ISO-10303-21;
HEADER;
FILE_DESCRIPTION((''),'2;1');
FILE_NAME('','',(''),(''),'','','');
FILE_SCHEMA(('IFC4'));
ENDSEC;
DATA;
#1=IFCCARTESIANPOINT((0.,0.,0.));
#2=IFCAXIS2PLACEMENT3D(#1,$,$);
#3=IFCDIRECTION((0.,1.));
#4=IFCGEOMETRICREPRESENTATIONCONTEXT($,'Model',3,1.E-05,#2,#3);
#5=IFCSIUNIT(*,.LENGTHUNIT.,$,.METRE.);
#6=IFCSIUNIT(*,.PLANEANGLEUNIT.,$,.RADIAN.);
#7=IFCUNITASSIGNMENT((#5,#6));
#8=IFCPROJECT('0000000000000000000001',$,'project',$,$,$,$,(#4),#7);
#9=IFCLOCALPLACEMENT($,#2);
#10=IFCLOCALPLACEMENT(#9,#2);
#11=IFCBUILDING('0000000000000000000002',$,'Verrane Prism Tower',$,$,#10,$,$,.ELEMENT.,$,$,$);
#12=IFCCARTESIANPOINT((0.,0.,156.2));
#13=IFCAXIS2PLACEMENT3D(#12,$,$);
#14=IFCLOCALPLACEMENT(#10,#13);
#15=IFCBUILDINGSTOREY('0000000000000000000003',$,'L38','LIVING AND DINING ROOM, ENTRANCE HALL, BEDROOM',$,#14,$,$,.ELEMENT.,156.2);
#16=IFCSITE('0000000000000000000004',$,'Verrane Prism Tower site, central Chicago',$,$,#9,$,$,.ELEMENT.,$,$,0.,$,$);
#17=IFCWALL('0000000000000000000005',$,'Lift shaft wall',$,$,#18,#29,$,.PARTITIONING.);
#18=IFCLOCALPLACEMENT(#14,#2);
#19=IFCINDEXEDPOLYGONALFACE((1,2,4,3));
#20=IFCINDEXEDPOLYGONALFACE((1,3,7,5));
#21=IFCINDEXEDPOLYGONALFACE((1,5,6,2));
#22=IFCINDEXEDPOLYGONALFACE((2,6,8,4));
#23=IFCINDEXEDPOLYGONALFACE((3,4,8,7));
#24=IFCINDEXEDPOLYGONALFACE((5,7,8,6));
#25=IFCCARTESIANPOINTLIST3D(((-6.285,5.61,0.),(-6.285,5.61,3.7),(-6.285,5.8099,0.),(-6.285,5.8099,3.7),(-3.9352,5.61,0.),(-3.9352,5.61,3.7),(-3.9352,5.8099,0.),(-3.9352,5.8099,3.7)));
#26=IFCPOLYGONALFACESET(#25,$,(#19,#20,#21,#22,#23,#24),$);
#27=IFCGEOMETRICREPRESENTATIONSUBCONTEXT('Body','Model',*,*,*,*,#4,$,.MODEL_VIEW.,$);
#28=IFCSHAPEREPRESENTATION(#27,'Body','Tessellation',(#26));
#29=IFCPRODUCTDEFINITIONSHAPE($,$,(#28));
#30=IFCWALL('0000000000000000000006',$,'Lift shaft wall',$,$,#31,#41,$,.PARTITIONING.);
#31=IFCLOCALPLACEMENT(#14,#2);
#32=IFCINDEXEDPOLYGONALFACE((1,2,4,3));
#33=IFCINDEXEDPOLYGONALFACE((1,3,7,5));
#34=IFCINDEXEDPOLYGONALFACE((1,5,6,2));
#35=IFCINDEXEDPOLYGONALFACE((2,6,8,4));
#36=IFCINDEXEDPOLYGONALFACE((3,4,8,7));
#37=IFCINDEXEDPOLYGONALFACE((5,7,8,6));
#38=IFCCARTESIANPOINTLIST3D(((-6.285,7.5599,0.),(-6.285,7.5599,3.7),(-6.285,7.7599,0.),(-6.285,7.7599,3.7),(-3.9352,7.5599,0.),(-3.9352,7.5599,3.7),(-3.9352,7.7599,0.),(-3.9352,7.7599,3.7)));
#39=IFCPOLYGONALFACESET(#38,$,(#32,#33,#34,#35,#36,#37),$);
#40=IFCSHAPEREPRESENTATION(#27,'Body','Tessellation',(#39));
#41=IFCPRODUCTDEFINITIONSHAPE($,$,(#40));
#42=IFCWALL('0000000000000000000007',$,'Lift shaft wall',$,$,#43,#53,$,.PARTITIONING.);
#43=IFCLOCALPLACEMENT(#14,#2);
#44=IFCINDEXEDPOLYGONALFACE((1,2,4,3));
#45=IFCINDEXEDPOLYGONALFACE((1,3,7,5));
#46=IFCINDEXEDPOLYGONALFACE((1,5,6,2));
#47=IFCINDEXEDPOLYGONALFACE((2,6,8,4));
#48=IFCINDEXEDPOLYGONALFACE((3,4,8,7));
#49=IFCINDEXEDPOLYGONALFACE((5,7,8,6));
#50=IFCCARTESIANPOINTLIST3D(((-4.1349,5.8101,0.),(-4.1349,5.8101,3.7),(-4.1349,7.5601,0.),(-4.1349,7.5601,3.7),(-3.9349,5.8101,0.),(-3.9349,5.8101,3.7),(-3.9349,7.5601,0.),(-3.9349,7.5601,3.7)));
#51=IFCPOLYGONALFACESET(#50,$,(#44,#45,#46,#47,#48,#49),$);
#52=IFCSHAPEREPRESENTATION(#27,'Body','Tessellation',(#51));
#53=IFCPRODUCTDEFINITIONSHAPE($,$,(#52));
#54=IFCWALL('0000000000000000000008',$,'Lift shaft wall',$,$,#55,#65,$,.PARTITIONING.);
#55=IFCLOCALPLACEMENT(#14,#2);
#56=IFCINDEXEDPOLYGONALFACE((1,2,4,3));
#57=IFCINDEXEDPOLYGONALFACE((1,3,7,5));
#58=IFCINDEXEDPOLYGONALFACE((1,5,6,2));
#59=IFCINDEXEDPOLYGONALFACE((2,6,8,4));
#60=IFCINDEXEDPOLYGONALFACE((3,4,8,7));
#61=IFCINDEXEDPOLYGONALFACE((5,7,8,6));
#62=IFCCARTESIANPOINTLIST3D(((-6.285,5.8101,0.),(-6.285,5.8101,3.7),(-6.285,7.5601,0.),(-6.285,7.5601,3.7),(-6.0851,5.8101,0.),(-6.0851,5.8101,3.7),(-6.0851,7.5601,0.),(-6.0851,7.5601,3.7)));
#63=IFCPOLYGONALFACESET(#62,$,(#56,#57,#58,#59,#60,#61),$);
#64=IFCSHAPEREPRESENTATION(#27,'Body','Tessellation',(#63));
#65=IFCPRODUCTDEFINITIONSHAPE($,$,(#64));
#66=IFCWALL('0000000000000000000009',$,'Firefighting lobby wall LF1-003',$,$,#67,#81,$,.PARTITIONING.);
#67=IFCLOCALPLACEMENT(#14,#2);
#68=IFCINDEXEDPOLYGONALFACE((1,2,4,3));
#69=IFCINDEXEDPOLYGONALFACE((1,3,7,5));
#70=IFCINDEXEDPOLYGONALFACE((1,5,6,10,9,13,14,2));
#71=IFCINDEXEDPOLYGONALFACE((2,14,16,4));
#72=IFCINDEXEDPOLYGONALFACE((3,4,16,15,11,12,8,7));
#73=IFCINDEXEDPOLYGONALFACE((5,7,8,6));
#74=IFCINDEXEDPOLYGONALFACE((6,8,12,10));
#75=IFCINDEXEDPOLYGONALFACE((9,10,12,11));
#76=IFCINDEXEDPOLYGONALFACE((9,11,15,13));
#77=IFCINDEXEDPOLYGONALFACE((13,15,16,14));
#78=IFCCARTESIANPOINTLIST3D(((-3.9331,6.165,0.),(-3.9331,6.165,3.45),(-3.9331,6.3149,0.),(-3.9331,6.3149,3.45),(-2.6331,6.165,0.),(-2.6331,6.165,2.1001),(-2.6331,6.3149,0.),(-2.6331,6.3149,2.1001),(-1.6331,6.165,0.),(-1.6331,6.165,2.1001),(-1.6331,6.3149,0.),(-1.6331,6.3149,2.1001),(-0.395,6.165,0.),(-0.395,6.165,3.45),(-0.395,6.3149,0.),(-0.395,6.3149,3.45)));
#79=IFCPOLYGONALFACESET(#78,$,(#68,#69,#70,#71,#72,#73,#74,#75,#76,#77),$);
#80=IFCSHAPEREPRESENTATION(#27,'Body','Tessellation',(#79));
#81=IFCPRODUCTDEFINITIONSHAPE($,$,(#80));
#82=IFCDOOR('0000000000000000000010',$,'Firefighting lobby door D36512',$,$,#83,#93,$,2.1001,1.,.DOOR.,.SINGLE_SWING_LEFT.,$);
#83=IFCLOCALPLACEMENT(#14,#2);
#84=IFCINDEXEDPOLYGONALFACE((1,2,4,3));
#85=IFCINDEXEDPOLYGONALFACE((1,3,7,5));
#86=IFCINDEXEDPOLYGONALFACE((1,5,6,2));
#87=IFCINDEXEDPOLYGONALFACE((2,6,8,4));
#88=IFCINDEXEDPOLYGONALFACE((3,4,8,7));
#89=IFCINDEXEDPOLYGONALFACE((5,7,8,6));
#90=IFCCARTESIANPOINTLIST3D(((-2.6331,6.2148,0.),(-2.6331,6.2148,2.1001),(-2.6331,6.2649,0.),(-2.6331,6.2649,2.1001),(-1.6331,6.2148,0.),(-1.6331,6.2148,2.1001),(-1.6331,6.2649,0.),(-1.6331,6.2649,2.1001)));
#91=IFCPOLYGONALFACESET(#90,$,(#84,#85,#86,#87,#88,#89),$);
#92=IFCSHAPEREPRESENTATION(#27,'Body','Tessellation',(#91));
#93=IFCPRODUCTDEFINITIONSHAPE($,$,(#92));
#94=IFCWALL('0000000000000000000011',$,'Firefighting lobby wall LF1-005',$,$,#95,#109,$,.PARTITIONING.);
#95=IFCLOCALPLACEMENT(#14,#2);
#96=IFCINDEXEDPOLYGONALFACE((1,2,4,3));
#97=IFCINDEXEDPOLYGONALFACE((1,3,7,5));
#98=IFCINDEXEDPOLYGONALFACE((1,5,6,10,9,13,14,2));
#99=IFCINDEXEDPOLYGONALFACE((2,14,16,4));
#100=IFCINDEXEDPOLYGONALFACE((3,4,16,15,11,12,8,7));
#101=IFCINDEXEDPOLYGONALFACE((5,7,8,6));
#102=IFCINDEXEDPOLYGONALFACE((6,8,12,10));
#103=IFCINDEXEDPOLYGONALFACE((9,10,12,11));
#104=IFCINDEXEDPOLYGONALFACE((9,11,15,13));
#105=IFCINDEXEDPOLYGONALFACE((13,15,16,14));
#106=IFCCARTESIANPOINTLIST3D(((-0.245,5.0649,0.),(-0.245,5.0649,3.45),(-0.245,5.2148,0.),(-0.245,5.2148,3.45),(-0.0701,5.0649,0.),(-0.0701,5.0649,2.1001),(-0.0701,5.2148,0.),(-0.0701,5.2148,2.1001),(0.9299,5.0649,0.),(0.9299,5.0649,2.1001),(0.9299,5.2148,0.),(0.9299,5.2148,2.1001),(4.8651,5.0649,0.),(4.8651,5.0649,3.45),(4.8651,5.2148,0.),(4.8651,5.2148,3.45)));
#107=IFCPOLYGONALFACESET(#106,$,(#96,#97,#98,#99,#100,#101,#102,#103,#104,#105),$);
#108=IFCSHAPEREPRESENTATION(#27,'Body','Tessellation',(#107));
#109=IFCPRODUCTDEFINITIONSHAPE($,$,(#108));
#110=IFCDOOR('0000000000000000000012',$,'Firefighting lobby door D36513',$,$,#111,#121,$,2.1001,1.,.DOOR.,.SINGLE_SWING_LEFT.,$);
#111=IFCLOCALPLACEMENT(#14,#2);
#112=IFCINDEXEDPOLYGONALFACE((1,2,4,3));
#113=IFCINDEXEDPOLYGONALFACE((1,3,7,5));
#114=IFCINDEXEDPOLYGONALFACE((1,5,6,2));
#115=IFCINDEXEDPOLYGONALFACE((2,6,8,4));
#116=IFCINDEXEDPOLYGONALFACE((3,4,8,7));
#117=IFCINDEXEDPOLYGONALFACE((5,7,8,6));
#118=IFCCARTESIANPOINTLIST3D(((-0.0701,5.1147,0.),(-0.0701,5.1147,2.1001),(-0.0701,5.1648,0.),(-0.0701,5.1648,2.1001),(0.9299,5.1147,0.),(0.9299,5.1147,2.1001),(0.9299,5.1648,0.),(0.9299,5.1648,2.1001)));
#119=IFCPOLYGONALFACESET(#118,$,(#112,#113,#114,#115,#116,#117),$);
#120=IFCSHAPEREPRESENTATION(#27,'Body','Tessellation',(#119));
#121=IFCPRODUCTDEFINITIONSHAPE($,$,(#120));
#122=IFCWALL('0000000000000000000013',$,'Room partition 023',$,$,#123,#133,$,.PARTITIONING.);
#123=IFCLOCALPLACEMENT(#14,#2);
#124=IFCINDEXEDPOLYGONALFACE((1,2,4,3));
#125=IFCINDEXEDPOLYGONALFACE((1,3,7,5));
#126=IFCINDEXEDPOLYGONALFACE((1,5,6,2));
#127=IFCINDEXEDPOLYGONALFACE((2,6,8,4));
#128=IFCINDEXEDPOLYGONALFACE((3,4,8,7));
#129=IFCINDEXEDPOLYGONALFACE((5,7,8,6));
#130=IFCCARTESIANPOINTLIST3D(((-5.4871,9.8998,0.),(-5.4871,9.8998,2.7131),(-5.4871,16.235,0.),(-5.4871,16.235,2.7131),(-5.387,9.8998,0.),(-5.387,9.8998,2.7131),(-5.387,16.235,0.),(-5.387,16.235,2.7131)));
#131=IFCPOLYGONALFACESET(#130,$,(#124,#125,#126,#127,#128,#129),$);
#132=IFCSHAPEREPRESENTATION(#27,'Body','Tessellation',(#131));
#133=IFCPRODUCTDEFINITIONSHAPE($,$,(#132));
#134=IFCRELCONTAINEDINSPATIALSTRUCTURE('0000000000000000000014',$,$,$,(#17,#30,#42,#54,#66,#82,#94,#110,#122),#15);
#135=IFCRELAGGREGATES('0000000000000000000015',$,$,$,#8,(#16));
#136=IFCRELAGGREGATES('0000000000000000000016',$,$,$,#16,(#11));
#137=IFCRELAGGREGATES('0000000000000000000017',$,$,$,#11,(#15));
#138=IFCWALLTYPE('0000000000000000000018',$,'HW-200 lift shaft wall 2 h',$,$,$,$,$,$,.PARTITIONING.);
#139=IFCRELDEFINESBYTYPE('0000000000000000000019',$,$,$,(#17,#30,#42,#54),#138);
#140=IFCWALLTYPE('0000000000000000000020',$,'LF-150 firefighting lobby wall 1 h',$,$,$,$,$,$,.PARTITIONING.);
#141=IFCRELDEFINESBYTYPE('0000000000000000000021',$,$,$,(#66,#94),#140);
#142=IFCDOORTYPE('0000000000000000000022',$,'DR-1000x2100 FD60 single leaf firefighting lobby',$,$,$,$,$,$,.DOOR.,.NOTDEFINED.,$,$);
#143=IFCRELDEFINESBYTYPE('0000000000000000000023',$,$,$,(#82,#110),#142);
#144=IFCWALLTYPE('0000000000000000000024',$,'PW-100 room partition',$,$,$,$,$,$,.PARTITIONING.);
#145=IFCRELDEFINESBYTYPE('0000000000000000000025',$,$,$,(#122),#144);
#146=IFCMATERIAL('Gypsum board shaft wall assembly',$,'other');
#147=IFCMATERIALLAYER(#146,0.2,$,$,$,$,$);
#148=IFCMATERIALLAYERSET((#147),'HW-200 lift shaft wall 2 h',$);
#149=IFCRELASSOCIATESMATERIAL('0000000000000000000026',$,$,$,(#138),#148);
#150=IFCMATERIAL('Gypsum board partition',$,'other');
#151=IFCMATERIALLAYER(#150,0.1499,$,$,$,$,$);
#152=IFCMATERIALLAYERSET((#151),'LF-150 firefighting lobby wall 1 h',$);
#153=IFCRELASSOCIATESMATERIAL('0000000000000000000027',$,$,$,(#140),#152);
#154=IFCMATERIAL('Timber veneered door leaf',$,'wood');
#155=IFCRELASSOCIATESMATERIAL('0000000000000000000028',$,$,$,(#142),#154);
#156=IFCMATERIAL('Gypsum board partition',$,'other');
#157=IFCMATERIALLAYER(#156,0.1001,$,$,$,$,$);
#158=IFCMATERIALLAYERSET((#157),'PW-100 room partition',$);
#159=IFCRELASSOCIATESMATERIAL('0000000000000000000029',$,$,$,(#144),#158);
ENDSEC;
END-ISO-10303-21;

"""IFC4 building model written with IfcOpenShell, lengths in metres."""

from ifc_helpers import new_model, si_unit, direction, frame, frame_2d, origin, place, context, subcontext, project, spatial, rectangle, extrude, material, layer, layer_set, type_object, element, fill, save


model = new_model("IFC4")

# Units and contexts
model_context = context("Model", 3, precision=1e-05, world=origin(), true_north=direction((0.0, 1.0)))
body_context = subcontext(model_context, "Body", "Model", "MODEL_VIEW")
ifc_project = project(units=[si_unit("LENGTHUNIT", "METRE"), si_unit("PLANEANGLEUNIT", "RADIAN")], contexts=[model_context])

# Site, building, storey
site_placement = place(None, origin())
site = spatial("IfcSite", under=ifc_project, at=site_placement, Name="Verrane Prism Tower site, central Chicago", CompositionType="ELEMENT", RefElevation=0.0)
building_placement = place(site_placement, origin())
building = spatial("IfcBuilding", under=site, at=building_placement, Name="Verrane Prism Tower", CompositionType="ELEMENT")
storey_placement = place(building_placement, frame((0.0, 0.0, 156.2)))
storey = spatial("IfcBuildingStorey", under=building, at=storey_placement, Name="L38", Description="LIVING AND DINING ROOM, ENTRANCE HALL, BEDROOM", CompositionType="ELEMENT", Elevation=156.2)

# Walls
ifc_material_1 = material(Name="Gypsum board shaft wall assembly", Category="other")
ifc_layer_1 = layer(ifc_material_1, 0.2)
ifc_layer_set_1 = layer_set([ifc_layer_1], Name="HW-200 lift shaft wall 2 h")
wall_type_1 = type_object("IfcWallType", Name="HW-200 lift shaft wall 2 h", PredefinedType="PARTITIONING", material=ifc_layer_set_1)
for number, where, z_axis, x_axis, name in (
    (1, (-6.2849, 5.71, 0.0), (0.0, 0.0, 1.0), (1.0, 0.0, 0.0), "Lift shaft wall"),
    (2, (-6.2849, 7.6599, 0.0), (0.0, 0.0, 1.0), (1.0, 0.0, 0.0), "Lift shaft wall"),
):
    element("IfcWall", number, at=place(storey_placement, frame(where, z_axis=z_axis, x_axis=x_axis)), inside=storey, type_object=wall_type_1, Name=name, PredefinedType="PARTITIONING", context=body_context, shape_type="SweptSolid", body=[
        extrude(rectangle(XDim=2.3499, YDim=0.2, at=frame_2d((1.1748, 0.0))), origin(), (0.0, 0.0, 1.0), 3.7),
    ])
for number, where, z_axis, x_axis, name in (
    (3, (-4.0349, 5.8101, 0.0), (0.0, 0.0, 1.0), (0.0, 1.0, 0.0), "Lift shaft wall"),
    (4, (-6.1851, 5.8101, 0.0), (0.0, 0.0, 1.0), (0.0, 1.0, 0.0), "Lift shaft wall"),
):
    element("IfcWall", number, at=place(storey_placement, frame(where, z_axis=z_axis, x_axis=x_axis)), inside=storey, type_object=wall_type_1, Name=name, PredefinedType="PARTITIONING", context=body_context, shape_type="SweptSolid", body=[
        extrude(rectangle(XDim=1.75, YDim=0.2, at=frame_2d((0.875, 0.0))), origin(), (0.0, 0.0, 1.0), 3.7),
    ])

# Walls, openings, doors
ifc_material_2 = material(Name="Gypsum board partition", Category="other")
ifc_layer_2 = layer(ifc_material_2, 0.1499)
ifc_layer_set_2 = layer_set([ifc_layer_2], Name="LF-150 firefighting lobby wall 1 h")
wall_type_2 = type_object("IfcWallType", Name="LF-150 firefighting lobby wall 1 h", PredefinedType="PARTITIONING", material=ifc_layer_set_2)
wall_1_placement = place(storey_placement, frame((-3.9331, 6.24, 0.0), z_axis=(0.0, 0.0, 1.0), x_axis=(1.0, 0.0, 0.0)))
wall_1 = element("IfcWall", 5, at=wall_1_placement, inside=storey, type_object=wall_type_2, Name="Firefighting lobby wall LF1-003", PredefinedType="PARTITIONING", context=body_context, shape_type="SweptSolid", body=[
    extrude(rectangle(XDim=3.5381, YDim=0.1499, at=frame_2d((1.769, 0.0))), origin(), (0.0, 0.0, 1.0), 3.45),
])
opening_1_placement = place(wall_1_placement, frame((1.3, 0.0, 0.0)))
opening_1 = element("IfcOpeningElement", 6, at=opening_1_placement, cuts=wall_1, PredefinedType="OPENING", context=body_context, shape_type="SweptSolid", body=[
    extrude(rectangle(XDim=1.0, YDim=2.1001, at=frame_2d((0.5, 1.05))), frame((0.0, 0.085, 0.0), z_axis=(0.0, -1.0, 0.0), x_axis=(1.0, 0.0, 0.0)), (0.0, 0.0, 1.0), 0.1699),
])
ifc_material_3 = material(Name="Timber veneered door leaf", Category="wood")
door_type_1 = type_object("IfcDoorType", Name="DR-1000x2100 FD60 single leaf firefighting lobby", OperationType="NOTDEFINED", PredefinedType="DOOR", material=ifc_material_3)
door_1_placement = place(opening_1_placement, origin())
door_1 = element("IfcDoor", 7, at=door_1_placement, inside=storey, type_object=door_type_1, Name="Firefighting lobby door D36512", OperationType="SINGLE_SWING_LEFT", OverallHeight=2.1001, OverallWidth=1.0, PredefinedType="DOOR", context=body_context, shape_type="SweptSolid", body=[
    extrude(rectangle(XDim=1.0, YDim=2.1001, at=frame_2d((0.5, 1.05))), frame((0.0, 0.0249, 0.0), z_axis=(0.0, -1.0, 0.0), x_axis=(1.0, 0.0, 0.0)), (0.0, 0.0, 1.0), 0.05),
])
fill(opening_1, door_1)
wall_2_placement = place(storey_placement, frame((-0.2451, 5.1399, 0.0), z_axis=(0.0, 0.0, 1.0), x_axis=(1.0, 0.0, 0.0)))
wall_2 = element("IfcWall", 8, at=wall_2_placement, inside=storey, type_object=wall_type_2, Name="Firefighting lobby wall LF1-005", PredefinedType="PARTITIONING", context=body_context, shape_type="SweptSolid", body=[
    extrude(rectangle(XDim=5.1101, YDim=0.1499, at=frame_2d((2.5552, 0.0))), origin(), (0.0, 0.0, 1.0), 3.45),
])
opening_2_placement = place(wall_2_placement, frame((0.175, 0.0, 0.0)))
opening_2 = element("IfcOpeningElement", 9, at=opening_2_placement, cuts=wall_2, PredefinedType="OPENING", context=body_context, shape_type="SweptSolid", body=[
    extrude(rectangle(XDim=1.0, YDim=2.1001, at=frame_2d((0.5, 1.05))), frame((0.0, 0.085, 0.0), z_axis=(0.0, -1.0, 0.0), x_axis=(1.0, 0.0, 0.0)), (0.0, 0.0, 1.0), 0.1699),
])
door_2_placement = place(opening_2_placement, origin())
door_2 = element("IfcDoor", 10, at=door_2_placement, inside=storey, type_object=door_type_1, Name="Firefighting lobby door D36513", OperationType="SINGLE_SWING_LEFT", OverallHeight=2.1001, OverallWidth=1.0, PredefinedType="DOOR", context=body_context, shape_type="SweptSolid", body=[
    extrude(rectangle(XDim=1.0, YDim=2.1001, at=frame_2d((0.5, 1.05))), frame((0.0, 0.0249, 0.0), z_axis=(0.0, -1.0, 0.0), x_axis=(1.0, 0.0, 0.0)), (0.0, 0.0, 1.0), 0.05),
])
fill(opening_2, door_2)

# Wall
ifc_material_4 = material(Name="Gypsum board partition", Category="other")
ifc_layer_3 = layer(ifc_material_4, 0.1001)
ifc_layer_set_3 = layer_set([ifc_layer_3], Name="PW-100 room partition")
wall_type_3 = type_object("IfcWallType", Name="PW-100 room partition", PredefinedType="PARTITIONING", material=ifc_layer_set_3)
wall_3_placement = place(storey_placement, frame((-5.437, 9.8999, 0.0), z_axis=(0.0, 0.0, 1.0), x_axis=(0.0, 1.0, 0.0)))
element("IfcWall", 11, at=wall_3_placement, inside=storey, type_object=wall_type_3, Name="Room partition 023", PredefinedType="PARTITIONING", context=body_context, shape_type="SweptSolid", body=[
    extrude(rectangle(XDim=6.3352, YDim=0.1001, at=frame_2d((3.1675, 0.0))), origin(), (0.0, 0.0, 1.0), 2.7131),
])

save(model, "model.ifc")
